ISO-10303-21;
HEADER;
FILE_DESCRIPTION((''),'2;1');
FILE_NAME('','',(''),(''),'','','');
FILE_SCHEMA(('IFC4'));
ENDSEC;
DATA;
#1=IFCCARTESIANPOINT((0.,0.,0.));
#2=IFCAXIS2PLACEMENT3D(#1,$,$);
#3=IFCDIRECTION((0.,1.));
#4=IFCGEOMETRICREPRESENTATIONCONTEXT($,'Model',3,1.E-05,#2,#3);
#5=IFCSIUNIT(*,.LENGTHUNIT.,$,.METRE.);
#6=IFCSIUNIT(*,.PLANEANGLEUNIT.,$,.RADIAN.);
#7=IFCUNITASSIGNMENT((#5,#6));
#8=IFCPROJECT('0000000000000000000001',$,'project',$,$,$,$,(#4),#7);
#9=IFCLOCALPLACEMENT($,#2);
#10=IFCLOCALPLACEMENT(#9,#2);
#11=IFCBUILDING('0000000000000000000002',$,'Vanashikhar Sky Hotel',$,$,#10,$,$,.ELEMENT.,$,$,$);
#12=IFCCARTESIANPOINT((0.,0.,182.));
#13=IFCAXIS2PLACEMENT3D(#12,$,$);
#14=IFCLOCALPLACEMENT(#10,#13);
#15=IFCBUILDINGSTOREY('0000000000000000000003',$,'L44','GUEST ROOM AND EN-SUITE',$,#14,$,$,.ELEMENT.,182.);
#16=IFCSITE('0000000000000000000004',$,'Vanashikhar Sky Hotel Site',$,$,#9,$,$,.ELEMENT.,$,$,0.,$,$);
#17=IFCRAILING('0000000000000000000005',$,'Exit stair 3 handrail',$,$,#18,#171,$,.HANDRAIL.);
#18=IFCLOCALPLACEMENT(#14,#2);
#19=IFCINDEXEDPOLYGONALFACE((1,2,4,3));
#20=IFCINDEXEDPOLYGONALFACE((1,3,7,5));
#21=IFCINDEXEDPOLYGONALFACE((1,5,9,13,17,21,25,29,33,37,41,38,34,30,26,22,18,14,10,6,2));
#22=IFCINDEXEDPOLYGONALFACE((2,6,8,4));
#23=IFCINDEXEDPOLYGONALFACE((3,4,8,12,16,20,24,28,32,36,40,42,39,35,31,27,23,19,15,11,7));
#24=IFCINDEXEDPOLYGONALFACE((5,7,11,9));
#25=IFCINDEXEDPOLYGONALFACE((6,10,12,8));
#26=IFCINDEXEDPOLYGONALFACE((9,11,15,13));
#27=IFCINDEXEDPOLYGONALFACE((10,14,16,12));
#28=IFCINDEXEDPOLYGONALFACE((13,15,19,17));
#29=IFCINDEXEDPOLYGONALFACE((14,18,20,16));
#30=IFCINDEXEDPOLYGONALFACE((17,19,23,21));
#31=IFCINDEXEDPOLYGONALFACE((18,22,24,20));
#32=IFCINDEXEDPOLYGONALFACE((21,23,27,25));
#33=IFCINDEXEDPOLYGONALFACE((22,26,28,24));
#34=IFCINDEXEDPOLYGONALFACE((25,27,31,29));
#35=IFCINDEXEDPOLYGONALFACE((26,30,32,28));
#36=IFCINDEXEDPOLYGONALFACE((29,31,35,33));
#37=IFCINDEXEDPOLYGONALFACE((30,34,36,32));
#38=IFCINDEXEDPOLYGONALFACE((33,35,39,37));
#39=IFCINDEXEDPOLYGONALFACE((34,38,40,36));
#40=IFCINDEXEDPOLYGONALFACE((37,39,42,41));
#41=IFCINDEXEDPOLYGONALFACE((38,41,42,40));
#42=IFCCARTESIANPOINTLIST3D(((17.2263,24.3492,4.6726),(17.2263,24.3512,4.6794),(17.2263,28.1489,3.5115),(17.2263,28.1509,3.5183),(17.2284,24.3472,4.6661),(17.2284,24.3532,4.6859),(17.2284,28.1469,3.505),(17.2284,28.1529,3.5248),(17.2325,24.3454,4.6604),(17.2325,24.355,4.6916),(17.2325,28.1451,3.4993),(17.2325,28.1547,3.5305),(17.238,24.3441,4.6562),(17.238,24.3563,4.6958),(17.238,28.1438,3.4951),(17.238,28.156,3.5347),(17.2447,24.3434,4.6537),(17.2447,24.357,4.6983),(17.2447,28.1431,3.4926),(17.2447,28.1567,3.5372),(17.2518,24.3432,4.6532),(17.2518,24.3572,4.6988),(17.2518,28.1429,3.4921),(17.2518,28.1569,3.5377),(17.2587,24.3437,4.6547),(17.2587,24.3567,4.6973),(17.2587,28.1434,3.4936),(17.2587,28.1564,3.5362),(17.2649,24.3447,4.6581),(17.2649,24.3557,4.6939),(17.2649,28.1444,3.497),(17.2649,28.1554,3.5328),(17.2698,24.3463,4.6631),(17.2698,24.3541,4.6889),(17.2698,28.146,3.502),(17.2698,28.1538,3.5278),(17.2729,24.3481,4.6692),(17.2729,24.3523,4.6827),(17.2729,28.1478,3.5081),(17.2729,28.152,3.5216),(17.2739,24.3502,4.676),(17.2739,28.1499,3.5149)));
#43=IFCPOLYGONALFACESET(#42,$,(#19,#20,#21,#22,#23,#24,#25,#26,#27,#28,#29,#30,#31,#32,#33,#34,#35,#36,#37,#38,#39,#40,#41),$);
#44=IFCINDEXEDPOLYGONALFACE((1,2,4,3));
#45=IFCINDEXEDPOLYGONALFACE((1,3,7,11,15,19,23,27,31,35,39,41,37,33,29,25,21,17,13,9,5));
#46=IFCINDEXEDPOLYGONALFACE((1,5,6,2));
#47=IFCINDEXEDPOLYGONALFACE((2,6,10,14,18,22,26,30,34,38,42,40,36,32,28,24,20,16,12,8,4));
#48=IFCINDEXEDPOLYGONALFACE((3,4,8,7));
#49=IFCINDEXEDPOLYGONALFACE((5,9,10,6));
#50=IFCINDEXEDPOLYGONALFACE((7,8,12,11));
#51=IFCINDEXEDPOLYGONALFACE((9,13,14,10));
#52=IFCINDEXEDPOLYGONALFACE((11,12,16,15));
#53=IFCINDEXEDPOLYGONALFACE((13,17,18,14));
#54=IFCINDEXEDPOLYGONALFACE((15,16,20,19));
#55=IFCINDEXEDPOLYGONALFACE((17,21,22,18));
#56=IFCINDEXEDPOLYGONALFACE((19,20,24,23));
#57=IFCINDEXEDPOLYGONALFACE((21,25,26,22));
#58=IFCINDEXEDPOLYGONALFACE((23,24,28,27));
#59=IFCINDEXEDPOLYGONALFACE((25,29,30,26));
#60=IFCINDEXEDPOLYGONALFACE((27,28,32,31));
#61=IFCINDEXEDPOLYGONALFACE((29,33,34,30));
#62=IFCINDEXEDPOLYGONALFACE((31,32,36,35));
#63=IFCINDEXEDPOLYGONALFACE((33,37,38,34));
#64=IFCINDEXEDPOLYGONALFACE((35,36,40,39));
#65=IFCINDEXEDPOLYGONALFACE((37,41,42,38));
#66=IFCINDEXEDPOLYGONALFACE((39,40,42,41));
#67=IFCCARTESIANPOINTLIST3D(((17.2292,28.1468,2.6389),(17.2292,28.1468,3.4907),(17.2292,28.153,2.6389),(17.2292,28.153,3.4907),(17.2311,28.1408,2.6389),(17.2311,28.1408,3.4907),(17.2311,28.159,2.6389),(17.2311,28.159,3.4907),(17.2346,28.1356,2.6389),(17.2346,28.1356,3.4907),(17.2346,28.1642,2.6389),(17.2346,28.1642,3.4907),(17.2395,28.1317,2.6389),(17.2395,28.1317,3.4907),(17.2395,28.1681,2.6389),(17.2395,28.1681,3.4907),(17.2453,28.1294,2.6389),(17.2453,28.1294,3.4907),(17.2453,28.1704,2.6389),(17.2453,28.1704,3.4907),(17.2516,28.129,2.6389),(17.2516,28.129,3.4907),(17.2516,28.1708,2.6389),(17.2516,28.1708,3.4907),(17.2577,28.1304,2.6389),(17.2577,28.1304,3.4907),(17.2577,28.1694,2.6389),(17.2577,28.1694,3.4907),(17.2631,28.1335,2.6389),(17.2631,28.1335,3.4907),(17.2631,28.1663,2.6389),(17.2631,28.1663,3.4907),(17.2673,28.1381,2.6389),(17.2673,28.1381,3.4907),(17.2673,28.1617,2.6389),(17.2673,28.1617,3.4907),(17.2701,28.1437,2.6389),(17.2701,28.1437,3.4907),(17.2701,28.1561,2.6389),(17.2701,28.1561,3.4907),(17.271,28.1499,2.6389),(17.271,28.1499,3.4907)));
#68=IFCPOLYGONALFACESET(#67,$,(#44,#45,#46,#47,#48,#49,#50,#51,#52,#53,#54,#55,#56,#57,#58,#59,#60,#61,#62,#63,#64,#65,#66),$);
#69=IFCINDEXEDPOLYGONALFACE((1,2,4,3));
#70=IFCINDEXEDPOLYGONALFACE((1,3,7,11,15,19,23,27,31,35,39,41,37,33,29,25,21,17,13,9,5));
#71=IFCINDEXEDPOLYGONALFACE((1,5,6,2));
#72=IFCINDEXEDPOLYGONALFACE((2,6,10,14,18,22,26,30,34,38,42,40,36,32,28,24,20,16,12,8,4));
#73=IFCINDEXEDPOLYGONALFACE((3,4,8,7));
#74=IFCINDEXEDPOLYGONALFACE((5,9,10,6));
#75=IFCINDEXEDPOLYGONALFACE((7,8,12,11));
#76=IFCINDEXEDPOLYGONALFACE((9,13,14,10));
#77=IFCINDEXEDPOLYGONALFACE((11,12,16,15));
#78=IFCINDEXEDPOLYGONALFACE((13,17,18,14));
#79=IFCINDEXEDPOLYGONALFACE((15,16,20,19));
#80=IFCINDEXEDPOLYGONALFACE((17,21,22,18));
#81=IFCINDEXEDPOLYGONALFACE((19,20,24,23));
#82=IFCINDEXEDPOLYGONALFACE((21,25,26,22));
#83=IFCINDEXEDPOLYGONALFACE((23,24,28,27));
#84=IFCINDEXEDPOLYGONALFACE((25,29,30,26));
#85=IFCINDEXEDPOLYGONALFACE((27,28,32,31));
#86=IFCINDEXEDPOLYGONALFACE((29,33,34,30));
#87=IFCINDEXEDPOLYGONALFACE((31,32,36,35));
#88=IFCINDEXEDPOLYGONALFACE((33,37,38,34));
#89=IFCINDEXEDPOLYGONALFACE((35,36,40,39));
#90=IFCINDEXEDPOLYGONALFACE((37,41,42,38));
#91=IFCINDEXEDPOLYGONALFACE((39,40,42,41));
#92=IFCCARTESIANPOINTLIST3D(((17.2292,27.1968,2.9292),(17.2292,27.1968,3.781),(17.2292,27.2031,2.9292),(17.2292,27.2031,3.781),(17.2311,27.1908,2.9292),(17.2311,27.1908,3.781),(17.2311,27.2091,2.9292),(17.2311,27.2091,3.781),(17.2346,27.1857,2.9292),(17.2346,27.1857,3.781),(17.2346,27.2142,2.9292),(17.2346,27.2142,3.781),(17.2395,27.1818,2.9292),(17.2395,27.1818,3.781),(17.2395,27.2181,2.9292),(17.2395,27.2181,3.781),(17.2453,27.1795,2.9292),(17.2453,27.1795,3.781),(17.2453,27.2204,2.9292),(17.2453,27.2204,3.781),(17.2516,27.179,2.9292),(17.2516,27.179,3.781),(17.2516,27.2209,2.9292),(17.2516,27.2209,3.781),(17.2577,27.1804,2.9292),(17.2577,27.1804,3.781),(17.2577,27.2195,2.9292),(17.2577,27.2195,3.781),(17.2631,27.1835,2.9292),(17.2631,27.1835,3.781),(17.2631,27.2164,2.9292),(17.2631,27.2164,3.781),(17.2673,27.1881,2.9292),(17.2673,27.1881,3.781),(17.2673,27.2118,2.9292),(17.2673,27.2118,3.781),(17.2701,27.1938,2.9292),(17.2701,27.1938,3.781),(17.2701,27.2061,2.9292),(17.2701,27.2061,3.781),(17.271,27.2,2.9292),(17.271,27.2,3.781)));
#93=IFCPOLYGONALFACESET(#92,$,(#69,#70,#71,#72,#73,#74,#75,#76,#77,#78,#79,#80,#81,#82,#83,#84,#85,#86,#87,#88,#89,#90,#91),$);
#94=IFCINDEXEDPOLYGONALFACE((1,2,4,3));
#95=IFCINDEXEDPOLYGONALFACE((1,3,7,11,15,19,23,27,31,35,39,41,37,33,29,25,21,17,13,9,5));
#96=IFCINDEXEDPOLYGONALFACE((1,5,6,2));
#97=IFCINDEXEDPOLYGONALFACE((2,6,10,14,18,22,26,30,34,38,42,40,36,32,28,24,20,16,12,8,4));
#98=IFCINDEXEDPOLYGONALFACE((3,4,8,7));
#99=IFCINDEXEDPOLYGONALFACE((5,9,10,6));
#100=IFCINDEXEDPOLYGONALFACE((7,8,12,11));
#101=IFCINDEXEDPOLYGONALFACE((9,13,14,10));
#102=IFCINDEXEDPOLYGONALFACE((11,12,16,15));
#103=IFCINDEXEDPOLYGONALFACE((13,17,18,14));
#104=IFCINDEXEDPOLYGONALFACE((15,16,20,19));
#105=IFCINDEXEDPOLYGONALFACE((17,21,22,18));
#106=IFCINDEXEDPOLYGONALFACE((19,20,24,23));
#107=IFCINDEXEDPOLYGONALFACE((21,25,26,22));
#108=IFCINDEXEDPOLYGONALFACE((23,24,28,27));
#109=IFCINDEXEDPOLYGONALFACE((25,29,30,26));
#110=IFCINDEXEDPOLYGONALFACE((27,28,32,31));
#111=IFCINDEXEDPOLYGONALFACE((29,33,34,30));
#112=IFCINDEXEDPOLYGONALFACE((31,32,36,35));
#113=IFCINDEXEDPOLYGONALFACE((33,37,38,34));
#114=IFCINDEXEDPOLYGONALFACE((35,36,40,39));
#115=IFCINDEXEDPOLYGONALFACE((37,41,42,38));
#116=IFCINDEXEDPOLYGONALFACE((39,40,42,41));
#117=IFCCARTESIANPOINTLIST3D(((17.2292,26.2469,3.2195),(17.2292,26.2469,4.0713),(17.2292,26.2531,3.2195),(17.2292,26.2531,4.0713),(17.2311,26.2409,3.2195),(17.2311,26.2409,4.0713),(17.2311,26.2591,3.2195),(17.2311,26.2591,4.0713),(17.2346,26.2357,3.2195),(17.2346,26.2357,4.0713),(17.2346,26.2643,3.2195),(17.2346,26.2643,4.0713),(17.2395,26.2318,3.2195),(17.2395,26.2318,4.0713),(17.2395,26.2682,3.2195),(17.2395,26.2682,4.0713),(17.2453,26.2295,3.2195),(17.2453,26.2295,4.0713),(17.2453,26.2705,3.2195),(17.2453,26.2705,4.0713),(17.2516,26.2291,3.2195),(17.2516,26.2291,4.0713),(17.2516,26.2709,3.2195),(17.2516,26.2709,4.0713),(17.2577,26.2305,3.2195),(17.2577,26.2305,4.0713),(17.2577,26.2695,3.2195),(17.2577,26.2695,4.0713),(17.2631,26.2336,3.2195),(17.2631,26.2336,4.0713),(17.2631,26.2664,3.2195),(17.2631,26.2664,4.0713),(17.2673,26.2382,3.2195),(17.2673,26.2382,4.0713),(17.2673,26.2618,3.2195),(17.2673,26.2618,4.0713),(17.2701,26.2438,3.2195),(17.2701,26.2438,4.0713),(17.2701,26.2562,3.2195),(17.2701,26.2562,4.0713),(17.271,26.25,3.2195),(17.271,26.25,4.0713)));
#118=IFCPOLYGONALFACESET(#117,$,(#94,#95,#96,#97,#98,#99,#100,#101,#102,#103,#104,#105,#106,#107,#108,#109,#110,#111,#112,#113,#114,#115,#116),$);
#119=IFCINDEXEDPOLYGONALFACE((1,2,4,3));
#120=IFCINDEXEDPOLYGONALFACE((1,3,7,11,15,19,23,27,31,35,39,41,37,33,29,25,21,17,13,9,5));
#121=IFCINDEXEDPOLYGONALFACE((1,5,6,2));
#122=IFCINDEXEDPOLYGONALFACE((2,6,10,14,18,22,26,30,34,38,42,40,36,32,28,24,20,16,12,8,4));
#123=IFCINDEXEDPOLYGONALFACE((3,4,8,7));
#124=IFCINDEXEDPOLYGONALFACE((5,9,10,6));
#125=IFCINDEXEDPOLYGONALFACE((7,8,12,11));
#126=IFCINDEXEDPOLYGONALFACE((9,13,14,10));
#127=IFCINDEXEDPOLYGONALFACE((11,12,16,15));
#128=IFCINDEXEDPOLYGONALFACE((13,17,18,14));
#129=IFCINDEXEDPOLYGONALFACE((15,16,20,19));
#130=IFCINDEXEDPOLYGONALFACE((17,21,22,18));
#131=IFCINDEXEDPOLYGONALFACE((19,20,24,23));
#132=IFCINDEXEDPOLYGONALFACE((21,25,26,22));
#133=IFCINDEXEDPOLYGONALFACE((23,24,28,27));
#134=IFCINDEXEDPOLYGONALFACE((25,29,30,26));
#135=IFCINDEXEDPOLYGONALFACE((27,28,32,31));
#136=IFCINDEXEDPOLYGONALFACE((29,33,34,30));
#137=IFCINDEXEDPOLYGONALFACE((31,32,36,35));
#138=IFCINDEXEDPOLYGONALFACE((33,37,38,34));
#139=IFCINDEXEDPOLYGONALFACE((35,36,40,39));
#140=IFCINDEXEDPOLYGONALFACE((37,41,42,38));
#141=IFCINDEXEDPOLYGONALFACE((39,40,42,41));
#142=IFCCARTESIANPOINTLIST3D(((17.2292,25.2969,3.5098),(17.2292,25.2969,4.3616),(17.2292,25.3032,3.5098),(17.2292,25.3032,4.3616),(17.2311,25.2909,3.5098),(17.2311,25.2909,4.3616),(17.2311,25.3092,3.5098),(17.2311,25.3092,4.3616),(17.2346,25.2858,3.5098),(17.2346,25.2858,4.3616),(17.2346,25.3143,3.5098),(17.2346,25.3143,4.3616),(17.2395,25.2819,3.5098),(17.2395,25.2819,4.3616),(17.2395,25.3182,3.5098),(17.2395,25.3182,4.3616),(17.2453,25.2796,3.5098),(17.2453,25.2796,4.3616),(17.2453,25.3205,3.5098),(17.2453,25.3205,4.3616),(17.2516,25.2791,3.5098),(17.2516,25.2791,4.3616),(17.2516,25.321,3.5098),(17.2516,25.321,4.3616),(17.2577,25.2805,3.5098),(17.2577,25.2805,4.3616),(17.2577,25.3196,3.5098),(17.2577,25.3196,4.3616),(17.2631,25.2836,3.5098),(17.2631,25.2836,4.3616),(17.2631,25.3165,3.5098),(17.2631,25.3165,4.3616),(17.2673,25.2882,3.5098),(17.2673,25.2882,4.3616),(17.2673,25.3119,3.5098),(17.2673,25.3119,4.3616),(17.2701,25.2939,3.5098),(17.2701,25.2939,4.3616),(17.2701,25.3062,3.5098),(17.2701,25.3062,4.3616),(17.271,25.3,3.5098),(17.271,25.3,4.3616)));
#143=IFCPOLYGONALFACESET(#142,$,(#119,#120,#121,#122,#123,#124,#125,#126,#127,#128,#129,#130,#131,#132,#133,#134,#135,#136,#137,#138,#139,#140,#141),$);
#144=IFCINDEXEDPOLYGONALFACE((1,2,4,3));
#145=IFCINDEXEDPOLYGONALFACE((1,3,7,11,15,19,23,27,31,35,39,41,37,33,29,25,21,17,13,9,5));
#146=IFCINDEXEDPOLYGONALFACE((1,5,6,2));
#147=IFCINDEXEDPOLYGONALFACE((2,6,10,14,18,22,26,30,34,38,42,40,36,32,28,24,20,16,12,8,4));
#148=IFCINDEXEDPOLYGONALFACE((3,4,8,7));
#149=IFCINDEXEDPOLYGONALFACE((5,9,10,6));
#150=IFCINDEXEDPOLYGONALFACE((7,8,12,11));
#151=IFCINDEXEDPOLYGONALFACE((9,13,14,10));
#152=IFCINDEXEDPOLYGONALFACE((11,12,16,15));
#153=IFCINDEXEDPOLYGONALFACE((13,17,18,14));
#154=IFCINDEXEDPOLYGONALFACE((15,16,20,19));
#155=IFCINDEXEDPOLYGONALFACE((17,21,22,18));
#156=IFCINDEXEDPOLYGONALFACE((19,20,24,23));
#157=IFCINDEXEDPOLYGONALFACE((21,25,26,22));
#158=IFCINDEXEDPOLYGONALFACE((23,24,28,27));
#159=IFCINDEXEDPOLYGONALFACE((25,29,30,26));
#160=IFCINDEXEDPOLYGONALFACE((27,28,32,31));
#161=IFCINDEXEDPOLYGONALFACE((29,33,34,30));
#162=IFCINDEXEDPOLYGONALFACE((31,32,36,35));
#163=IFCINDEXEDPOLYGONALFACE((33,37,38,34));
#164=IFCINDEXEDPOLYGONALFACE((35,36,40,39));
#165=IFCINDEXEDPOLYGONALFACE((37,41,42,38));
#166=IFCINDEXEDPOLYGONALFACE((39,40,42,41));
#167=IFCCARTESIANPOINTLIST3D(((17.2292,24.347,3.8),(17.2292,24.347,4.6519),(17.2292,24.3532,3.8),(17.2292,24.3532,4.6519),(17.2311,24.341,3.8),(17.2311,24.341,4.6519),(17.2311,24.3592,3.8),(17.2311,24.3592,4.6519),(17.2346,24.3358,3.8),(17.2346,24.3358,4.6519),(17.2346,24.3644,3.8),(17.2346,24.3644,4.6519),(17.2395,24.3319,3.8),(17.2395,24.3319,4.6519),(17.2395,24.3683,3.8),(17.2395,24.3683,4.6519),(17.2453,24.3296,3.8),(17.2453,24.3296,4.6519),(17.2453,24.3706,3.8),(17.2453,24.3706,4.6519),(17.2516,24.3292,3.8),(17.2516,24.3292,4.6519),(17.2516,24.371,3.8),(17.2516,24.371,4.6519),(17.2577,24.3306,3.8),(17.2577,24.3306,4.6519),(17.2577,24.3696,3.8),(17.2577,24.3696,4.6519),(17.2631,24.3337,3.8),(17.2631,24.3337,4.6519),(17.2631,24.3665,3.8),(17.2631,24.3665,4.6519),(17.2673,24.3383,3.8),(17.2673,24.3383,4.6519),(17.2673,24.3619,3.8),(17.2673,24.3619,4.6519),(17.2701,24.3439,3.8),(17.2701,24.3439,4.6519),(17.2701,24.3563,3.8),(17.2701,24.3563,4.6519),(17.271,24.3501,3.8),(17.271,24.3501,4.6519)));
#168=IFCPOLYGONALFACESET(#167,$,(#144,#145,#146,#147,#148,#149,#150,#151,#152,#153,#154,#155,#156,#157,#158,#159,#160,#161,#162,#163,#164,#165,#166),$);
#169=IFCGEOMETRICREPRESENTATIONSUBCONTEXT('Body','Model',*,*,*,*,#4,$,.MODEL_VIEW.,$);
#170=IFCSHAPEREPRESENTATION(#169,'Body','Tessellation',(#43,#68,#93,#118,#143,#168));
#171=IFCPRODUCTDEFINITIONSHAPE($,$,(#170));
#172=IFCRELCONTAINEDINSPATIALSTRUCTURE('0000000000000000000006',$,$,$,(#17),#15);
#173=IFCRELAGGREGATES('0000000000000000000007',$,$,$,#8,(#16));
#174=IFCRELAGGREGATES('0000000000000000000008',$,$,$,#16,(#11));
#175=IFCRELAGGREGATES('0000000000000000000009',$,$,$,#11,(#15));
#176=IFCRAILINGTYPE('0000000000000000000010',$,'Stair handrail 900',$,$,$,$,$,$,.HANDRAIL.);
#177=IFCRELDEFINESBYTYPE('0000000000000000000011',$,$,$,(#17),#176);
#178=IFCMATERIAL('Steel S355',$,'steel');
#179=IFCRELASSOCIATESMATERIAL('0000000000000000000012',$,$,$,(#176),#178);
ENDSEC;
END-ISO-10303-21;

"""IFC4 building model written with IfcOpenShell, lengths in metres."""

from ifc_helpers import new_model, si_unit, direction, frame, origin, origin_2d, place, context, subcontext, project, spatial, circle, extrude, source, transform, mapped, material, type_object, element, save


model = new_model("IFC4")

# Units and contexts
model_context = context("Model", 3, precision=1e-05, world=origin(), true_north=direction((0.0, 1.0)))
body_context = subcontext(model_context, "Body", "Model", "MODEL_VIEW")
ifc_project = project(units=[si_unit("LENGTHUNIT", "METRE"), si_unit("PLANEANGLEUNIT", "RADIAN")], contexts=[model_context])

# Site, building, storey
site_placement = place(None, origin())
site = spatial("IfcSite", under=ifc_project, at=site_placement, Name="Vanashikhar Sky Hotel Site", CompositionType="ELEMENT", RefElevation=0.0)
building_placement = place(site_placement, origin())
building = spatial("IfcBuilding", under=site, at=building_placement, Name="Vanashikhar Sky Hotel", CompositionType="ELEMENT")
storey_placement = place(building_placement, frame((0.0, 0.0, 182.0)))
storey = spatial("IfcBuildingStorey", under=building, at=storey_placement, Name="L44", Description="GUEST ROOM AND EN-SUITE", CompositionType="ELEMENT", Elevation=182.0)

# Railing
ifc_material_1 = material(Name="Steel S355", Category="steel")
railing_type_1 = type_object("IfcRailingType", Name="Stair handrail 900", PredefinedType="HANDRAIL", material=ifc_material_1)
shared_shape_1 = source(origin(), body_context, "Body", "SweptSolid", [
    extrude(circle(Radius=0.0239, at=origin_2d()), frame((0.0, 0.0, 0.876), z_axis=(0.0, -0.956346, 0.292237), x_axis=(1.0, 0.0, 0.0)), (0.0, 0.0, 1.0), 3.9731),
    extrude(circle(Radius=0.021, at=origin_2d()), origin(), (0.0, 0.0, 1.0), 0.8518),
    extrude(circle(Radius=0.021, at=origin_2d()), frame((0.0, -0.95, 0.2903)), (0.0, 0.0, 1.0), 0.8518),
    extrude(circle(Radius=0.021, at=origin_2d()), frame((0.0, -1.8999, 0.5806)), (0.0, 0.0, 1.0), 0.8518),
    extrude(circle(Radius=0.021, at=origin_2d()), frame((0.0, -2.8499, 0.8708)), (0.0, 0.0, 1.0), 0.8518),
    extrude(circle(Radius=0.021, at=origin_2d()), frame((0.0, -3.7998, 1.1611)), (0.0, 0.0, 1.0), 0.8518),
])
for number, where, name in (
    (1, (17.25, 28.1499, 2.6389), "Exit stair 3 handrail"),
):
    element("IfcRailing", number, at=place(storey_placement, frame(where)), inside=storey, type_object=railing_type_1, Name=name, PredefinedType="HANDRAIL", context=body_context, shape_type="MappedRepresentation", body=[
        mapped(shared_shape_1, transform((0.0, 0.0, 0.0), scale=1.0)),
    ])

save(model, "model.ifc")
